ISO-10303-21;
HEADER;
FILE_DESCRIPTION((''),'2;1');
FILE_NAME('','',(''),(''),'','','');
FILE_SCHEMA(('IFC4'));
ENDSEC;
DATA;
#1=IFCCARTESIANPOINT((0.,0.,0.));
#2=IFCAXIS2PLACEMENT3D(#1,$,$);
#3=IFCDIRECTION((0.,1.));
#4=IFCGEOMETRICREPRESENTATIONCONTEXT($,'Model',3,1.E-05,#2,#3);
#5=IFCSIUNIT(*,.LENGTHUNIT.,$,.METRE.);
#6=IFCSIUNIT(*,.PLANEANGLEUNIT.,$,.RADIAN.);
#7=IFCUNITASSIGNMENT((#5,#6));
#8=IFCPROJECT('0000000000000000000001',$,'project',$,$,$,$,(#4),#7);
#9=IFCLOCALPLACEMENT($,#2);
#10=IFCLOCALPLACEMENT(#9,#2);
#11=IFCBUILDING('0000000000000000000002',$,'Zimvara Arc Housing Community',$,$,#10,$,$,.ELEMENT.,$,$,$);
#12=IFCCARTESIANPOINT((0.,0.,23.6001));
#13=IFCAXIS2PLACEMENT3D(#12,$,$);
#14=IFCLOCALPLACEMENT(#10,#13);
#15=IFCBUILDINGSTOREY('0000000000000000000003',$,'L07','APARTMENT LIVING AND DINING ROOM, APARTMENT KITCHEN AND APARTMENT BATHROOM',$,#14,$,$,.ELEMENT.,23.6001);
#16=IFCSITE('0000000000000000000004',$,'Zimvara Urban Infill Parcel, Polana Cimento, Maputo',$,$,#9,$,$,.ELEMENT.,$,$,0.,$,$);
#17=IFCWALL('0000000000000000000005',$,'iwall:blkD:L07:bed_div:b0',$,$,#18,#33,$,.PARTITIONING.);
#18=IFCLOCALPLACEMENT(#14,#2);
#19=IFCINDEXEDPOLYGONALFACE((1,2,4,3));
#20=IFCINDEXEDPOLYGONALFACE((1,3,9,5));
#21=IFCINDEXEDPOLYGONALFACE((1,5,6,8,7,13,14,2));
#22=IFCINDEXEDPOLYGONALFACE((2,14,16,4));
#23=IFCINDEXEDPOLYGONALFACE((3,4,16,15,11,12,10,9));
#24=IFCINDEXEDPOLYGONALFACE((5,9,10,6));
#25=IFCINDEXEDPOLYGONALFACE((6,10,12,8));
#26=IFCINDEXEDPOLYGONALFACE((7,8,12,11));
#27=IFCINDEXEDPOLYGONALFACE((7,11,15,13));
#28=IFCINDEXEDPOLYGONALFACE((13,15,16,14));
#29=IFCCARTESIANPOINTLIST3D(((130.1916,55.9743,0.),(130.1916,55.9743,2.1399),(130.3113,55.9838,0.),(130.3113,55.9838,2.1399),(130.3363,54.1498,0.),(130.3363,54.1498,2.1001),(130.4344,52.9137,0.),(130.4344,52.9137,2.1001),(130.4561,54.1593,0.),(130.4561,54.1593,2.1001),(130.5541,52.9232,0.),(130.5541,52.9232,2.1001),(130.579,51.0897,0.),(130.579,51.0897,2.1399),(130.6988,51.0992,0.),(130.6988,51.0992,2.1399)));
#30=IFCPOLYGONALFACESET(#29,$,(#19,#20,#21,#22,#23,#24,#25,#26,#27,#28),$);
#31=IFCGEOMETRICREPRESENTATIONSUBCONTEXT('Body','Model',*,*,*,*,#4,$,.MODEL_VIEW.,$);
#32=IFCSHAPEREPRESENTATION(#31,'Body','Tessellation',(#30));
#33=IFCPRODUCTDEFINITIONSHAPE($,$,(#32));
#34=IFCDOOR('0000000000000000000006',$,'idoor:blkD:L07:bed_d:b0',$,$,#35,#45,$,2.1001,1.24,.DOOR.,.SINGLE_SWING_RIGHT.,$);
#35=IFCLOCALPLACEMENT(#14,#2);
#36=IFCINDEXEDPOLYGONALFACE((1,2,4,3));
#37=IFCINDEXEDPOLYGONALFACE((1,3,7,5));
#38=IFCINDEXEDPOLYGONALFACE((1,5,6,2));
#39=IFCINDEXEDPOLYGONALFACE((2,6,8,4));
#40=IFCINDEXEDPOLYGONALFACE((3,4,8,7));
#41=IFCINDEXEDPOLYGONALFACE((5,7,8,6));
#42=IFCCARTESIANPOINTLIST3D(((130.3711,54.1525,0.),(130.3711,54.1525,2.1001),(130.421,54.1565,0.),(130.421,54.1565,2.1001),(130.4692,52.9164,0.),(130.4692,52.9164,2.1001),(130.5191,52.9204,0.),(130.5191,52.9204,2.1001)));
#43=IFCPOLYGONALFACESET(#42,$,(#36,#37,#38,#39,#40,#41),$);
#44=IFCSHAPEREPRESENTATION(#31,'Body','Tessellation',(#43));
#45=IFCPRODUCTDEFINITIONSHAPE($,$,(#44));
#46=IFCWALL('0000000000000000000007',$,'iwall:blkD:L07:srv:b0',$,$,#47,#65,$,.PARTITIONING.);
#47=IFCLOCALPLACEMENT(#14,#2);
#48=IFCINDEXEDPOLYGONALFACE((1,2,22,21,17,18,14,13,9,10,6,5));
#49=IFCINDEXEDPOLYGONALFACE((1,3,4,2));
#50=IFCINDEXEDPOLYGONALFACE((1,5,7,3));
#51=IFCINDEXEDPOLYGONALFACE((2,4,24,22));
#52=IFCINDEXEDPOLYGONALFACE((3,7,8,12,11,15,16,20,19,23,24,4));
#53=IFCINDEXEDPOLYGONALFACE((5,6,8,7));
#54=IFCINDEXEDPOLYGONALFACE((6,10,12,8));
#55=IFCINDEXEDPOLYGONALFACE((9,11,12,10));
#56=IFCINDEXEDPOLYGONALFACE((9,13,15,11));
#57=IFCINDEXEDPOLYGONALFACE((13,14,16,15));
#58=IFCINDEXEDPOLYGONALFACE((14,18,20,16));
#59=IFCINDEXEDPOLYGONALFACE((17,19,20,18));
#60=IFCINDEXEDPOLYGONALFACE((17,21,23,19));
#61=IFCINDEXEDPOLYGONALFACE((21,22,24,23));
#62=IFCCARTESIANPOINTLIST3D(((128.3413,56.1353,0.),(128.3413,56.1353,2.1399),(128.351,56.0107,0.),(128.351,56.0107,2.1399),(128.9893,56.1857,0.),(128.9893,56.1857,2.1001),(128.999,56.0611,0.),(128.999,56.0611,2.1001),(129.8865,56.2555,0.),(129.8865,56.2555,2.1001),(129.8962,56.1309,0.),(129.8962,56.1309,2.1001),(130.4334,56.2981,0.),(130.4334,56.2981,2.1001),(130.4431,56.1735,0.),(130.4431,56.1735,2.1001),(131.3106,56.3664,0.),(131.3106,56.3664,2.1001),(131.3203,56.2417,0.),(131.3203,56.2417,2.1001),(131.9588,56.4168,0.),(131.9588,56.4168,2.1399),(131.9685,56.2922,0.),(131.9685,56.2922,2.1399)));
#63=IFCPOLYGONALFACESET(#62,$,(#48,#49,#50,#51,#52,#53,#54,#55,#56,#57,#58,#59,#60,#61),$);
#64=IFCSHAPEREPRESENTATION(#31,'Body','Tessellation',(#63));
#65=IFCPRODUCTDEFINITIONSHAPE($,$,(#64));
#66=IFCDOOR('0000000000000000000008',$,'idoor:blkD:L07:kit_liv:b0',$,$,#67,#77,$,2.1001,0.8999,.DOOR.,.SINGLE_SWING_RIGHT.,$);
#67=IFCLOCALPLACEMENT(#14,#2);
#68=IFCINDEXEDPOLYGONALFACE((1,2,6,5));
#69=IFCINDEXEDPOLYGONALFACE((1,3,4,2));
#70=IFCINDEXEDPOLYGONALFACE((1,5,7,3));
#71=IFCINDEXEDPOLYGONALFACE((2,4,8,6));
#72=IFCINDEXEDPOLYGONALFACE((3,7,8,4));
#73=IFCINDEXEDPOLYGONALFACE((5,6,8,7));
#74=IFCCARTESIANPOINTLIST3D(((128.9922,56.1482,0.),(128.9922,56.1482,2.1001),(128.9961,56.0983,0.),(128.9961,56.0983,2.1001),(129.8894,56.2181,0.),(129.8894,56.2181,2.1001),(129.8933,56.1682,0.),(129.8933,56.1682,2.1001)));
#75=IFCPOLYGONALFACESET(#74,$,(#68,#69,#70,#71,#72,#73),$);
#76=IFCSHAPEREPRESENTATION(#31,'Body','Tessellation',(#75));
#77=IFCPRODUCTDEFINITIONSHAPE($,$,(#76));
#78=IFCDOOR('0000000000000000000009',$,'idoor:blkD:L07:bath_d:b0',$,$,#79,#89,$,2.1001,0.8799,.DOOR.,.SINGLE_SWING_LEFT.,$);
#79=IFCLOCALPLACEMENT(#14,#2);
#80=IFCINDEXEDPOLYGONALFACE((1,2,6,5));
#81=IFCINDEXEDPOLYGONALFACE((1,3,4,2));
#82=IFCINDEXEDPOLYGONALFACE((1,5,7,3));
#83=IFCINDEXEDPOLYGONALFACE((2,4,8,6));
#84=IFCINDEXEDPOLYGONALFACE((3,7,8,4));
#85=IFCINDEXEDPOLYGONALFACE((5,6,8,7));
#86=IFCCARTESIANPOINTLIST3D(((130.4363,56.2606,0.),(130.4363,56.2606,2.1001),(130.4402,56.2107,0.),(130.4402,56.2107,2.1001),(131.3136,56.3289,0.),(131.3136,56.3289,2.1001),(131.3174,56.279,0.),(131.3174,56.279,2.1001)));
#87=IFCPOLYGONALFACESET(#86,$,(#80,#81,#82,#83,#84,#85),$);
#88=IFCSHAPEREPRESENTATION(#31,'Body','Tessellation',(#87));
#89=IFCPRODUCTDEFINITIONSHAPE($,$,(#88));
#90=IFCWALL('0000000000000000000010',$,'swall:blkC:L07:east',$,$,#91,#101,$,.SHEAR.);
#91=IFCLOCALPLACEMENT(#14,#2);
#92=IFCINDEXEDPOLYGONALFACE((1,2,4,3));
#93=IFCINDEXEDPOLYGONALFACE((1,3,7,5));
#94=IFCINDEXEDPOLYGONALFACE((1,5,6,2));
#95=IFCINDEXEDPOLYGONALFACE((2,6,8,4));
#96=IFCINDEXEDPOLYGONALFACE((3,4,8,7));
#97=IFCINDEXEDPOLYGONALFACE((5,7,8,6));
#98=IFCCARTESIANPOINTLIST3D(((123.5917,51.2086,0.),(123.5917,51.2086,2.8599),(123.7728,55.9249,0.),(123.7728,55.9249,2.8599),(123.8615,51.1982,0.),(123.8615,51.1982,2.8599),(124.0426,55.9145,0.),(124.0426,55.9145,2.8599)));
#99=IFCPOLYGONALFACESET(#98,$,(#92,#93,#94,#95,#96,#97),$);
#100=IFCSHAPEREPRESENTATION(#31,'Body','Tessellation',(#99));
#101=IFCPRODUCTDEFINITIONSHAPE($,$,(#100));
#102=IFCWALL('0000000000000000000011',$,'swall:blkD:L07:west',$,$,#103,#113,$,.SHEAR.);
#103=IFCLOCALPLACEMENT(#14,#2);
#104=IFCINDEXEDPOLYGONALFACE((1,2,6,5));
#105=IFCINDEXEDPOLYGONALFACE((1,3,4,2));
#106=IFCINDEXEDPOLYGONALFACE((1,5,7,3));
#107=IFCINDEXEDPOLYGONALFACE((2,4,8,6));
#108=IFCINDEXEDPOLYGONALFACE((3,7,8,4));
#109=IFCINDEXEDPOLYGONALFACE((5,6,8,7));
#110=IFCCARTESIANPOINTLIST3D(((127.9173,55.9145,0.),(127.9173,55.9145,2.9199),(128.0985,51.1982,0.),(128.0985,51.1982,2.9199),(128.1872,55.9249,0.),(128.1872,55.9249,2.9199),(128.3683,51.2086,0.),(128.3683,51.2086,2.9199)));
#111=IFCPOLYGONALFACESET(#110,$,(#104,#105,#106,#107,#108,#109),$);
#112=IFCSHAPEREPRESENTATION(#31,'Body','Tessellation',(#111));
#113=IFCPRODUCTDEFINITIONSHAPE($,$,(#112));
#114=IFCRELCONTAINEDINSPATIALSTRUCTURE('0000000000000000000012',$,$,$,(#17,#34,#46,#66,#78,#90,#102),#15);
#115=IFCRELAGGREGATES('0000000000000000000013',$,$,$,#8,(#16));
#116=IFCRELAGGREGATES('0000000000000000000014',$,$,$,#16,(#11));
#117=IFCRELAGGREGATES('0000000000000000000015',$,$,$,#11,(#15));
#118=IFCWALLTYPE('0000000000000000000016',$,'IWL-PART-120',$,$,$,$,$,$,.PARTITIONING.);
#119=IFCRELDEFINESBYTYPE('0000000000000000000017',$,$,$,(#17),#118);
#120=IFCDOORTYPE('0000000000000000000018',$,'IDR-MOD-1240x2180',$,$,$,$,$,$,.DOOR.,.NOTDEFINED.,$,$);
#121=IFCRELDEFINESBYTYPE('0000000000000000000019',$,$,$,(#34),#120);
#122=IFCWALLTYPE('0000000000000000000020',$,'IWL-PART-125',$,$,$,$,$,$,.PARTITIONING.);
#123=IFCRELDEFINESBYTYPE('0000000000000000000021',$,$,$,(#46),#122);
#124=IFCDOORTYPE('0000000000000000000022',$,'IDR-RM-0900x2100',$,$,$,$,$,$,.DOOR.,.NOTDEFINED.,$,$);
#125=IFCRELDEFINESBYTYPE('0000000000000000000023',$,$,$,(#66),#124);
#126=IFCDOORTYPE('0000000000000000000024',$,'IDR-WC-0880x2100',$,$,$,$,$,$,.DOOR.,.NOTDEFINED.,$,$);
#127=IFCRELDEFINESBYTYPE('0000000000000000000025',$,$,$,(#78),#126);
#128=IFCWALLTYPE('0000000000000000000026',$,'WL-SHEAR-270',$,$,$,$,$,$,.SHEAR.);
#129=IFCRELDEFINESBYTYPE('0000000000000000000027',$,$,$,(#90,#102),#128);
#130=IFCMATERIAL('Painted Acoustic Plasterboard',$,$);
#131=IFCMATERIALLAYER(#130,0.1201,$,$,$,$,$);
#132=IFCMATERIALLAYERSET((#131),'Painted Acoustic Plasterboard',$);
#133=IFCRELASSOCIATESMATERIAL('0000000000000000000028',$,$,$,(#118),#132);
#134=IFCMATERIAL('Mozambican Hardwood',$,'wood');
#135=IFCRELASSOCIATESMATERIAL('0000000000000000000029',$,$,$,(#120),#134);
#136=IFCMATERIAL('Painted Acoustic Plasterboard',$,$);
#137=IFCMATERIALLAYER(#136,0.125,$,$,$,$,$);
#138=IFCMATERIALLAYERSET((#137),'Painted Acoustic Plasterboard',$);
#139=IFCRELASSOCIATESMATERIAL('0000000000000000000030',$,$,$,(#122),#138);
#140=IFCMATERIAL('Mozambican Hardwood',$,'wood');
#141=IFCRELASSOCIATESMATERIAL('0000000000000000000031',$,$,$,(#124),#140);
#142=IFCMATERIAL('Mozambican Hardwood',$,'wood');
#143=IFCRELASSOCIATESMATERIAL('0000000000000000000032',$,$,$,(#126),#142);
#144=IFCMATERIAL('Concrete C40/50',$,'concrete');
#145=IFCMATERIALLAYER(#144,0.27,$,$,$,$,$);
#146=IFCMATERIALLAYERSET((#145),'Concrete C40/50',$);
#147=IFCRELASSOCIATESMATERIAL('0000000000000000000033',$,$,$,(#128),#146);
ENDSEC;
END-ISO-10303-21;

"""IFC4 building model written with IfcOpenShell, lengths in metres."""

from ifc_helpers import new_model, si_unit, direction, frame, frame_2d, origin, place, context, subcontext, project, spatial, rectangle, extrude, material, layer, layer_set, type_object, element, fill, save


model = new_model("IFC4")

# Units and contexts
model_context = context("Model", 3, precision=1e-05, world=origin(), true_north=direction((0.0, 1.0)))
body_context = subcontext(model_context, "Body", "Model", "MODEL_VIEW")
ifc_project = project(units=[si_unit("LENGTHUNIT", "METRE"), si_unit("PLANEANGLEUNIT", "RADIAN")], contexts=[model_context])

# Site, building, storey
site_placement = place(None, origin())
site = spatial("IfcSite", under=ifc_project, at=site_placement, Name="Zimvara Urban Infill Parcel, Polana Cimento, Maputo", CompositionType="ELEMENT", RefElevation=0.0)
building_placement = place(site_placement, origin())
building = spatial("IfcBuilding", under=site, at=building_placement, Name="Zimvara Arc Housing Community", CompositionType="ELEMENT")
storey_placement = place(building_placement, frame((0.0, 0.0, 23.6001)))
storey = spatial("IfcBuildingStorey", under=building, at=storey_placement, Name="L07", Description="APARTMENT LIVING AND DINING ROOM, APARTMENT KITCHEN AND APARTMENT BATHROOM", CompositionType="ELEMENT", Elevation=23.6001)

# Wall, opening, door
ifc_material_1 = material(Name="Painted Acoustic Plasterboard")
ifc_layer_1 = layer(ifc_material_1, 0.1201)
ifc_layer_set_1 = layer_set([ifc_layer_1], Name="Painted Acoustic Plasterboard")
wall_type_1 = type_object("IfcWallType", Name="IWL-PART-120", PredefinedType="PARTITIONING", material=ifc_layer_set_1)
wall_1_placement = place(storey_placement, frame((130.2515, 55.979, 0.0), z_axis=(0.0, 0.0, 1.0), x_axis=(0.079074, -0.996869, 0.0)))
wall_1 = element("IfcWall", 1, at=wall_1_placement, inside=storey, type_object=wall_type_1, Name="iwall:blkD:L07:bed_div:b0", PredefinedType="PARTITIONING", context=body_context, shape_type="SweptSolid", body=[
    extrude(rectangle(XDim=4.8999, YDim=0.1201, at=frame_2d((2.45, 0.0))), origin(), (0.0, 0.0, 1.0), 2.1399),
])
opening_1_placement = place(wall_1_placement, frame((1.8301, 0.0, 0.0)))
opening_1 = element("IfcOpeningElement", 2, at=opening_1_placement, cuts=wall_1, PredefinedType="OPENING", context=body_context, shape_type="SweptSolid", body=[
    extrude(rectangle(XDim=1.24, YDim=2.1001, at=frame_2d((0.6201, 1.05))), frame((0.0, 0.0701, 0.0), z_axis=(0.0, -1.0, 0.0), x_axis=(1.0, 0.0, 0.0)), (0.0, 0.0, 1.0), 0.1401),
])
ifc_material_2 = material(Name="Mozambican Hardwood", Category="wood")
door_type_1 = type_object("IfcDoorType", Name="IDR-MOD-1240x2180", OperationType="NOTDEFINED", PredefinedType="DOOR", material=ifc_material_2)
door_1_placement = place(opening_1_placement, origin())
door_1 = element("IfcDoor", 3, at=door_1_placement, inside=storey, type_object=door_type_1, Name="idoor:blkD:L07:bed_d:b0", OperationType="SINGLE_SWING_RIGHT", OverallHeight=2.1001, OverallWidth=1.24, PredefinedType="DOOR", context=body_context, shape_type="SweptSolid", body=[
    extrude(rectangle(XDim=1.24, YDim=2.1001, at=frame_2d((0.6201, 1.05))), frame((0.0, 0.0249, 0.0), z_axis=(0.0, -1.0, 0.0), x_axis=(1.0, 0.0, 0.0)), (0.0, 0.0, 1.0), 0.05),
])
fill(opening_1, door_1)

# Wall, openings, doors
ifc_material_3 = material(Name="Painted Acoustic Plasterboard")
ifc_layer_2 = layer(ifc_material_3, 0.125)
ifc_layer_set_2 = layer_set([ifc_layer_2], Name="Painted Acoustic Plasterboard")
wall_type_2 = type_object("IfcWallType", Name="IWL-PART-125", PredefinedType="PARTITIONING", material=ifc_layer_set_2)
wall_2_placement = place(storey_placement, frame((128.3462, 56.073, 0.0), z_axis=(0.0, 0.0, 1.0), x_axis=(0.996986, 0.077581, 0.0)))
wall_2 = element("IfcWall", 4, at=wall_2_placement, inside=storey, type_object=wall_type_2, Name="iwall:blkD:L07:srv:b0", PredefinedType="PARTITIONING", context=body_context, shape_type="SweptSolid", body=[
    extrude(rectangle(XDim=3.6284, YDim=0.125, at=frame_2d((1.8142, 0.0))), origin(), (0.0, 0.0, 1.0), 2.1399),
])
opening_2_placement = place(wall_2_placement, frame((0.6499, 0.0, 0.0)))
opening_2 = element("IfcOpeningElement", 5, at=opening_2_placement, cuts=wall_2, PredefinedType="OPENING", context=body_context, shape_type="SweptSolid", body=[
    extrude(rectangle(XDim=0.8999, YDim=2.1001, at=frame_2d((0.45, 1.05))), frame((0.0, 0.0725, 0.0), z_axis=(0.0, -1.0, 0.0), x_axis=(1.0, 0.0, 0.0)), (0.0, 0.0, 1.0), 0.145),
])
opening_3_placement = place(wall_2_placement, frame((2.0984, 0.0, 0.0)))
opening_3 = element("IfcOpeningElement", 6, at=opening_3_placement, cuts=wall_2, PredefinedType="OPENING", context=body_context, shape_type="SweptSolid", body=[
    extrude(rectangle(XDim=0.8799, YDim=2.1001, at=frame_2d((0.4399, 1.05))), frame((0.0, 0.0725, 0.0), z_axis=(0.0, -1.0, 0.0), x_axis=(1.0, 0.0, 0.0)), (0.0, 0.0, 1.0), 0.145),
])
ifc_material_4 = material(Name="Mozambican Hardwood", Category="wood")
door_type_2 = type_object("IfcDoorType", Name="IDR-RM-0900x2100", OperationType="NOTDEFINED", PredefinedType="DOOR", material=ifc_material_4)
door_2_placement = place(opening_2_placement, origin())
door_2 = element("IfcDoor", 7, at=door_2_placement, inside=storey, type_object=door_type_2, Name="idoor:blkD:L07:kit_liv:b0", OperationType="SINGLE_SWING_RIGHT", OverallHeight=2.1001, OverallWidth=0.8999, PredefinedType="DOOR", context=body_context, shape_type="SweptSolid", body=[
    extrude(rectangle(XDim=0.8999, YDim=2.1001, at=frame_2d((0.45, 1.05))), frame((0.0, 0.0249, 0.0), z_axis=(0.0, -1.0, 0.0), x_axis=(1.0, 0.0, 0.0)), (0.0, 0.0, 1.0), 0.05),
])
fill(opening_2, door_2)
ifc_material_5 = material(Name="Mozambican Hardwood", Category="wood")
door_type_3 = type_object("IfcDoorType", Name="IDR-WC-0880x2100", OperationType="NOTDEFINED", PredefinedType="DOOR", material=ifc_material_5)
door_3_placement = place(opening_3_placement, origin())
door_3 = element("IfcDoor", 8, at=door_3_placement, inside=storey, type_object=door_type_3, Name="idoor:blkD:L07:bath_d:b0", OperationType="SINGLE_SWING_LEFT", OverallHeight=2.1001, OverallWidth=0.8799, PredefinedType="DOOR", context=body_context, shape_type="SweptSolid", body=[
    extrude(rectangle(XDim=0.8799, YDim=2.1001, at=frame_2d((0.4399, 1.05))), frame((0.0, 0.0249, 0.0), z_axis=(0.0, -1.0, 0.0), x_axis=(1.0, 0.0, 0.0)), (0.0, 0.0, 1.0), 0.05),
])
fill(opening_3, door_3)

# Walls
ifc_material_6 = material(Name="Concrete C40/50", Category="concrete")
ifc_layer_3 = layer(ifc_material_6, 0.27)
ifc_layer_set_3 = layer_set([ifc_layer_3], Name="Concrete C40/50")
wall_type_3 = type_object("IfcWallType", Name="WL-SHEAR-270", PredefinedType="SHEAR", material=ifc_layer_set_3)
wall_3_placement = place(storey_placement, frame((123.9077, 55.9197, 0.0), z_axis=(0.0, 0.0, 1.0), x_axis=(-0.038381, -0.999263, 0.0)))
element("IfcWall", 9, at=wall_3_placement, inside=storey, type_object=wall_type_3, Name="swall:blkC:L07:east", PredefinedType="SHEAR", context=body_context, shape_type="SweptSolid", body=[
    extrude(rectangle(XDim=4.7197, YDim=0.27, at=frame_2d((2.3599, 0.0))), origin(), (0.0, 0.0, 1.0), 2.8599),
])
wall_4_placement = place(storey_placement, frame((128.0522, 55.9197, 0.0), z_axis=(0.0, 0.0, 1.0), x_axis=(0.038381, -0.999263, 0.0)))
element("IfcWall", 10, at=wall_4_placement, inside=storey, type_object=wall_type_3, Name="swall:blkD:L07:west", PredefinedType="SHEAR", context=body_context, shape_type="SweptSolid", body=[
    extrude(rectangle(XDim=4.7197, YDim=0.27, at=frame_2d((2.3599, 0.0))), origin(), (0.0, 0.0, 1.0), 2.9199),
])

save(model, "model.ifc")
